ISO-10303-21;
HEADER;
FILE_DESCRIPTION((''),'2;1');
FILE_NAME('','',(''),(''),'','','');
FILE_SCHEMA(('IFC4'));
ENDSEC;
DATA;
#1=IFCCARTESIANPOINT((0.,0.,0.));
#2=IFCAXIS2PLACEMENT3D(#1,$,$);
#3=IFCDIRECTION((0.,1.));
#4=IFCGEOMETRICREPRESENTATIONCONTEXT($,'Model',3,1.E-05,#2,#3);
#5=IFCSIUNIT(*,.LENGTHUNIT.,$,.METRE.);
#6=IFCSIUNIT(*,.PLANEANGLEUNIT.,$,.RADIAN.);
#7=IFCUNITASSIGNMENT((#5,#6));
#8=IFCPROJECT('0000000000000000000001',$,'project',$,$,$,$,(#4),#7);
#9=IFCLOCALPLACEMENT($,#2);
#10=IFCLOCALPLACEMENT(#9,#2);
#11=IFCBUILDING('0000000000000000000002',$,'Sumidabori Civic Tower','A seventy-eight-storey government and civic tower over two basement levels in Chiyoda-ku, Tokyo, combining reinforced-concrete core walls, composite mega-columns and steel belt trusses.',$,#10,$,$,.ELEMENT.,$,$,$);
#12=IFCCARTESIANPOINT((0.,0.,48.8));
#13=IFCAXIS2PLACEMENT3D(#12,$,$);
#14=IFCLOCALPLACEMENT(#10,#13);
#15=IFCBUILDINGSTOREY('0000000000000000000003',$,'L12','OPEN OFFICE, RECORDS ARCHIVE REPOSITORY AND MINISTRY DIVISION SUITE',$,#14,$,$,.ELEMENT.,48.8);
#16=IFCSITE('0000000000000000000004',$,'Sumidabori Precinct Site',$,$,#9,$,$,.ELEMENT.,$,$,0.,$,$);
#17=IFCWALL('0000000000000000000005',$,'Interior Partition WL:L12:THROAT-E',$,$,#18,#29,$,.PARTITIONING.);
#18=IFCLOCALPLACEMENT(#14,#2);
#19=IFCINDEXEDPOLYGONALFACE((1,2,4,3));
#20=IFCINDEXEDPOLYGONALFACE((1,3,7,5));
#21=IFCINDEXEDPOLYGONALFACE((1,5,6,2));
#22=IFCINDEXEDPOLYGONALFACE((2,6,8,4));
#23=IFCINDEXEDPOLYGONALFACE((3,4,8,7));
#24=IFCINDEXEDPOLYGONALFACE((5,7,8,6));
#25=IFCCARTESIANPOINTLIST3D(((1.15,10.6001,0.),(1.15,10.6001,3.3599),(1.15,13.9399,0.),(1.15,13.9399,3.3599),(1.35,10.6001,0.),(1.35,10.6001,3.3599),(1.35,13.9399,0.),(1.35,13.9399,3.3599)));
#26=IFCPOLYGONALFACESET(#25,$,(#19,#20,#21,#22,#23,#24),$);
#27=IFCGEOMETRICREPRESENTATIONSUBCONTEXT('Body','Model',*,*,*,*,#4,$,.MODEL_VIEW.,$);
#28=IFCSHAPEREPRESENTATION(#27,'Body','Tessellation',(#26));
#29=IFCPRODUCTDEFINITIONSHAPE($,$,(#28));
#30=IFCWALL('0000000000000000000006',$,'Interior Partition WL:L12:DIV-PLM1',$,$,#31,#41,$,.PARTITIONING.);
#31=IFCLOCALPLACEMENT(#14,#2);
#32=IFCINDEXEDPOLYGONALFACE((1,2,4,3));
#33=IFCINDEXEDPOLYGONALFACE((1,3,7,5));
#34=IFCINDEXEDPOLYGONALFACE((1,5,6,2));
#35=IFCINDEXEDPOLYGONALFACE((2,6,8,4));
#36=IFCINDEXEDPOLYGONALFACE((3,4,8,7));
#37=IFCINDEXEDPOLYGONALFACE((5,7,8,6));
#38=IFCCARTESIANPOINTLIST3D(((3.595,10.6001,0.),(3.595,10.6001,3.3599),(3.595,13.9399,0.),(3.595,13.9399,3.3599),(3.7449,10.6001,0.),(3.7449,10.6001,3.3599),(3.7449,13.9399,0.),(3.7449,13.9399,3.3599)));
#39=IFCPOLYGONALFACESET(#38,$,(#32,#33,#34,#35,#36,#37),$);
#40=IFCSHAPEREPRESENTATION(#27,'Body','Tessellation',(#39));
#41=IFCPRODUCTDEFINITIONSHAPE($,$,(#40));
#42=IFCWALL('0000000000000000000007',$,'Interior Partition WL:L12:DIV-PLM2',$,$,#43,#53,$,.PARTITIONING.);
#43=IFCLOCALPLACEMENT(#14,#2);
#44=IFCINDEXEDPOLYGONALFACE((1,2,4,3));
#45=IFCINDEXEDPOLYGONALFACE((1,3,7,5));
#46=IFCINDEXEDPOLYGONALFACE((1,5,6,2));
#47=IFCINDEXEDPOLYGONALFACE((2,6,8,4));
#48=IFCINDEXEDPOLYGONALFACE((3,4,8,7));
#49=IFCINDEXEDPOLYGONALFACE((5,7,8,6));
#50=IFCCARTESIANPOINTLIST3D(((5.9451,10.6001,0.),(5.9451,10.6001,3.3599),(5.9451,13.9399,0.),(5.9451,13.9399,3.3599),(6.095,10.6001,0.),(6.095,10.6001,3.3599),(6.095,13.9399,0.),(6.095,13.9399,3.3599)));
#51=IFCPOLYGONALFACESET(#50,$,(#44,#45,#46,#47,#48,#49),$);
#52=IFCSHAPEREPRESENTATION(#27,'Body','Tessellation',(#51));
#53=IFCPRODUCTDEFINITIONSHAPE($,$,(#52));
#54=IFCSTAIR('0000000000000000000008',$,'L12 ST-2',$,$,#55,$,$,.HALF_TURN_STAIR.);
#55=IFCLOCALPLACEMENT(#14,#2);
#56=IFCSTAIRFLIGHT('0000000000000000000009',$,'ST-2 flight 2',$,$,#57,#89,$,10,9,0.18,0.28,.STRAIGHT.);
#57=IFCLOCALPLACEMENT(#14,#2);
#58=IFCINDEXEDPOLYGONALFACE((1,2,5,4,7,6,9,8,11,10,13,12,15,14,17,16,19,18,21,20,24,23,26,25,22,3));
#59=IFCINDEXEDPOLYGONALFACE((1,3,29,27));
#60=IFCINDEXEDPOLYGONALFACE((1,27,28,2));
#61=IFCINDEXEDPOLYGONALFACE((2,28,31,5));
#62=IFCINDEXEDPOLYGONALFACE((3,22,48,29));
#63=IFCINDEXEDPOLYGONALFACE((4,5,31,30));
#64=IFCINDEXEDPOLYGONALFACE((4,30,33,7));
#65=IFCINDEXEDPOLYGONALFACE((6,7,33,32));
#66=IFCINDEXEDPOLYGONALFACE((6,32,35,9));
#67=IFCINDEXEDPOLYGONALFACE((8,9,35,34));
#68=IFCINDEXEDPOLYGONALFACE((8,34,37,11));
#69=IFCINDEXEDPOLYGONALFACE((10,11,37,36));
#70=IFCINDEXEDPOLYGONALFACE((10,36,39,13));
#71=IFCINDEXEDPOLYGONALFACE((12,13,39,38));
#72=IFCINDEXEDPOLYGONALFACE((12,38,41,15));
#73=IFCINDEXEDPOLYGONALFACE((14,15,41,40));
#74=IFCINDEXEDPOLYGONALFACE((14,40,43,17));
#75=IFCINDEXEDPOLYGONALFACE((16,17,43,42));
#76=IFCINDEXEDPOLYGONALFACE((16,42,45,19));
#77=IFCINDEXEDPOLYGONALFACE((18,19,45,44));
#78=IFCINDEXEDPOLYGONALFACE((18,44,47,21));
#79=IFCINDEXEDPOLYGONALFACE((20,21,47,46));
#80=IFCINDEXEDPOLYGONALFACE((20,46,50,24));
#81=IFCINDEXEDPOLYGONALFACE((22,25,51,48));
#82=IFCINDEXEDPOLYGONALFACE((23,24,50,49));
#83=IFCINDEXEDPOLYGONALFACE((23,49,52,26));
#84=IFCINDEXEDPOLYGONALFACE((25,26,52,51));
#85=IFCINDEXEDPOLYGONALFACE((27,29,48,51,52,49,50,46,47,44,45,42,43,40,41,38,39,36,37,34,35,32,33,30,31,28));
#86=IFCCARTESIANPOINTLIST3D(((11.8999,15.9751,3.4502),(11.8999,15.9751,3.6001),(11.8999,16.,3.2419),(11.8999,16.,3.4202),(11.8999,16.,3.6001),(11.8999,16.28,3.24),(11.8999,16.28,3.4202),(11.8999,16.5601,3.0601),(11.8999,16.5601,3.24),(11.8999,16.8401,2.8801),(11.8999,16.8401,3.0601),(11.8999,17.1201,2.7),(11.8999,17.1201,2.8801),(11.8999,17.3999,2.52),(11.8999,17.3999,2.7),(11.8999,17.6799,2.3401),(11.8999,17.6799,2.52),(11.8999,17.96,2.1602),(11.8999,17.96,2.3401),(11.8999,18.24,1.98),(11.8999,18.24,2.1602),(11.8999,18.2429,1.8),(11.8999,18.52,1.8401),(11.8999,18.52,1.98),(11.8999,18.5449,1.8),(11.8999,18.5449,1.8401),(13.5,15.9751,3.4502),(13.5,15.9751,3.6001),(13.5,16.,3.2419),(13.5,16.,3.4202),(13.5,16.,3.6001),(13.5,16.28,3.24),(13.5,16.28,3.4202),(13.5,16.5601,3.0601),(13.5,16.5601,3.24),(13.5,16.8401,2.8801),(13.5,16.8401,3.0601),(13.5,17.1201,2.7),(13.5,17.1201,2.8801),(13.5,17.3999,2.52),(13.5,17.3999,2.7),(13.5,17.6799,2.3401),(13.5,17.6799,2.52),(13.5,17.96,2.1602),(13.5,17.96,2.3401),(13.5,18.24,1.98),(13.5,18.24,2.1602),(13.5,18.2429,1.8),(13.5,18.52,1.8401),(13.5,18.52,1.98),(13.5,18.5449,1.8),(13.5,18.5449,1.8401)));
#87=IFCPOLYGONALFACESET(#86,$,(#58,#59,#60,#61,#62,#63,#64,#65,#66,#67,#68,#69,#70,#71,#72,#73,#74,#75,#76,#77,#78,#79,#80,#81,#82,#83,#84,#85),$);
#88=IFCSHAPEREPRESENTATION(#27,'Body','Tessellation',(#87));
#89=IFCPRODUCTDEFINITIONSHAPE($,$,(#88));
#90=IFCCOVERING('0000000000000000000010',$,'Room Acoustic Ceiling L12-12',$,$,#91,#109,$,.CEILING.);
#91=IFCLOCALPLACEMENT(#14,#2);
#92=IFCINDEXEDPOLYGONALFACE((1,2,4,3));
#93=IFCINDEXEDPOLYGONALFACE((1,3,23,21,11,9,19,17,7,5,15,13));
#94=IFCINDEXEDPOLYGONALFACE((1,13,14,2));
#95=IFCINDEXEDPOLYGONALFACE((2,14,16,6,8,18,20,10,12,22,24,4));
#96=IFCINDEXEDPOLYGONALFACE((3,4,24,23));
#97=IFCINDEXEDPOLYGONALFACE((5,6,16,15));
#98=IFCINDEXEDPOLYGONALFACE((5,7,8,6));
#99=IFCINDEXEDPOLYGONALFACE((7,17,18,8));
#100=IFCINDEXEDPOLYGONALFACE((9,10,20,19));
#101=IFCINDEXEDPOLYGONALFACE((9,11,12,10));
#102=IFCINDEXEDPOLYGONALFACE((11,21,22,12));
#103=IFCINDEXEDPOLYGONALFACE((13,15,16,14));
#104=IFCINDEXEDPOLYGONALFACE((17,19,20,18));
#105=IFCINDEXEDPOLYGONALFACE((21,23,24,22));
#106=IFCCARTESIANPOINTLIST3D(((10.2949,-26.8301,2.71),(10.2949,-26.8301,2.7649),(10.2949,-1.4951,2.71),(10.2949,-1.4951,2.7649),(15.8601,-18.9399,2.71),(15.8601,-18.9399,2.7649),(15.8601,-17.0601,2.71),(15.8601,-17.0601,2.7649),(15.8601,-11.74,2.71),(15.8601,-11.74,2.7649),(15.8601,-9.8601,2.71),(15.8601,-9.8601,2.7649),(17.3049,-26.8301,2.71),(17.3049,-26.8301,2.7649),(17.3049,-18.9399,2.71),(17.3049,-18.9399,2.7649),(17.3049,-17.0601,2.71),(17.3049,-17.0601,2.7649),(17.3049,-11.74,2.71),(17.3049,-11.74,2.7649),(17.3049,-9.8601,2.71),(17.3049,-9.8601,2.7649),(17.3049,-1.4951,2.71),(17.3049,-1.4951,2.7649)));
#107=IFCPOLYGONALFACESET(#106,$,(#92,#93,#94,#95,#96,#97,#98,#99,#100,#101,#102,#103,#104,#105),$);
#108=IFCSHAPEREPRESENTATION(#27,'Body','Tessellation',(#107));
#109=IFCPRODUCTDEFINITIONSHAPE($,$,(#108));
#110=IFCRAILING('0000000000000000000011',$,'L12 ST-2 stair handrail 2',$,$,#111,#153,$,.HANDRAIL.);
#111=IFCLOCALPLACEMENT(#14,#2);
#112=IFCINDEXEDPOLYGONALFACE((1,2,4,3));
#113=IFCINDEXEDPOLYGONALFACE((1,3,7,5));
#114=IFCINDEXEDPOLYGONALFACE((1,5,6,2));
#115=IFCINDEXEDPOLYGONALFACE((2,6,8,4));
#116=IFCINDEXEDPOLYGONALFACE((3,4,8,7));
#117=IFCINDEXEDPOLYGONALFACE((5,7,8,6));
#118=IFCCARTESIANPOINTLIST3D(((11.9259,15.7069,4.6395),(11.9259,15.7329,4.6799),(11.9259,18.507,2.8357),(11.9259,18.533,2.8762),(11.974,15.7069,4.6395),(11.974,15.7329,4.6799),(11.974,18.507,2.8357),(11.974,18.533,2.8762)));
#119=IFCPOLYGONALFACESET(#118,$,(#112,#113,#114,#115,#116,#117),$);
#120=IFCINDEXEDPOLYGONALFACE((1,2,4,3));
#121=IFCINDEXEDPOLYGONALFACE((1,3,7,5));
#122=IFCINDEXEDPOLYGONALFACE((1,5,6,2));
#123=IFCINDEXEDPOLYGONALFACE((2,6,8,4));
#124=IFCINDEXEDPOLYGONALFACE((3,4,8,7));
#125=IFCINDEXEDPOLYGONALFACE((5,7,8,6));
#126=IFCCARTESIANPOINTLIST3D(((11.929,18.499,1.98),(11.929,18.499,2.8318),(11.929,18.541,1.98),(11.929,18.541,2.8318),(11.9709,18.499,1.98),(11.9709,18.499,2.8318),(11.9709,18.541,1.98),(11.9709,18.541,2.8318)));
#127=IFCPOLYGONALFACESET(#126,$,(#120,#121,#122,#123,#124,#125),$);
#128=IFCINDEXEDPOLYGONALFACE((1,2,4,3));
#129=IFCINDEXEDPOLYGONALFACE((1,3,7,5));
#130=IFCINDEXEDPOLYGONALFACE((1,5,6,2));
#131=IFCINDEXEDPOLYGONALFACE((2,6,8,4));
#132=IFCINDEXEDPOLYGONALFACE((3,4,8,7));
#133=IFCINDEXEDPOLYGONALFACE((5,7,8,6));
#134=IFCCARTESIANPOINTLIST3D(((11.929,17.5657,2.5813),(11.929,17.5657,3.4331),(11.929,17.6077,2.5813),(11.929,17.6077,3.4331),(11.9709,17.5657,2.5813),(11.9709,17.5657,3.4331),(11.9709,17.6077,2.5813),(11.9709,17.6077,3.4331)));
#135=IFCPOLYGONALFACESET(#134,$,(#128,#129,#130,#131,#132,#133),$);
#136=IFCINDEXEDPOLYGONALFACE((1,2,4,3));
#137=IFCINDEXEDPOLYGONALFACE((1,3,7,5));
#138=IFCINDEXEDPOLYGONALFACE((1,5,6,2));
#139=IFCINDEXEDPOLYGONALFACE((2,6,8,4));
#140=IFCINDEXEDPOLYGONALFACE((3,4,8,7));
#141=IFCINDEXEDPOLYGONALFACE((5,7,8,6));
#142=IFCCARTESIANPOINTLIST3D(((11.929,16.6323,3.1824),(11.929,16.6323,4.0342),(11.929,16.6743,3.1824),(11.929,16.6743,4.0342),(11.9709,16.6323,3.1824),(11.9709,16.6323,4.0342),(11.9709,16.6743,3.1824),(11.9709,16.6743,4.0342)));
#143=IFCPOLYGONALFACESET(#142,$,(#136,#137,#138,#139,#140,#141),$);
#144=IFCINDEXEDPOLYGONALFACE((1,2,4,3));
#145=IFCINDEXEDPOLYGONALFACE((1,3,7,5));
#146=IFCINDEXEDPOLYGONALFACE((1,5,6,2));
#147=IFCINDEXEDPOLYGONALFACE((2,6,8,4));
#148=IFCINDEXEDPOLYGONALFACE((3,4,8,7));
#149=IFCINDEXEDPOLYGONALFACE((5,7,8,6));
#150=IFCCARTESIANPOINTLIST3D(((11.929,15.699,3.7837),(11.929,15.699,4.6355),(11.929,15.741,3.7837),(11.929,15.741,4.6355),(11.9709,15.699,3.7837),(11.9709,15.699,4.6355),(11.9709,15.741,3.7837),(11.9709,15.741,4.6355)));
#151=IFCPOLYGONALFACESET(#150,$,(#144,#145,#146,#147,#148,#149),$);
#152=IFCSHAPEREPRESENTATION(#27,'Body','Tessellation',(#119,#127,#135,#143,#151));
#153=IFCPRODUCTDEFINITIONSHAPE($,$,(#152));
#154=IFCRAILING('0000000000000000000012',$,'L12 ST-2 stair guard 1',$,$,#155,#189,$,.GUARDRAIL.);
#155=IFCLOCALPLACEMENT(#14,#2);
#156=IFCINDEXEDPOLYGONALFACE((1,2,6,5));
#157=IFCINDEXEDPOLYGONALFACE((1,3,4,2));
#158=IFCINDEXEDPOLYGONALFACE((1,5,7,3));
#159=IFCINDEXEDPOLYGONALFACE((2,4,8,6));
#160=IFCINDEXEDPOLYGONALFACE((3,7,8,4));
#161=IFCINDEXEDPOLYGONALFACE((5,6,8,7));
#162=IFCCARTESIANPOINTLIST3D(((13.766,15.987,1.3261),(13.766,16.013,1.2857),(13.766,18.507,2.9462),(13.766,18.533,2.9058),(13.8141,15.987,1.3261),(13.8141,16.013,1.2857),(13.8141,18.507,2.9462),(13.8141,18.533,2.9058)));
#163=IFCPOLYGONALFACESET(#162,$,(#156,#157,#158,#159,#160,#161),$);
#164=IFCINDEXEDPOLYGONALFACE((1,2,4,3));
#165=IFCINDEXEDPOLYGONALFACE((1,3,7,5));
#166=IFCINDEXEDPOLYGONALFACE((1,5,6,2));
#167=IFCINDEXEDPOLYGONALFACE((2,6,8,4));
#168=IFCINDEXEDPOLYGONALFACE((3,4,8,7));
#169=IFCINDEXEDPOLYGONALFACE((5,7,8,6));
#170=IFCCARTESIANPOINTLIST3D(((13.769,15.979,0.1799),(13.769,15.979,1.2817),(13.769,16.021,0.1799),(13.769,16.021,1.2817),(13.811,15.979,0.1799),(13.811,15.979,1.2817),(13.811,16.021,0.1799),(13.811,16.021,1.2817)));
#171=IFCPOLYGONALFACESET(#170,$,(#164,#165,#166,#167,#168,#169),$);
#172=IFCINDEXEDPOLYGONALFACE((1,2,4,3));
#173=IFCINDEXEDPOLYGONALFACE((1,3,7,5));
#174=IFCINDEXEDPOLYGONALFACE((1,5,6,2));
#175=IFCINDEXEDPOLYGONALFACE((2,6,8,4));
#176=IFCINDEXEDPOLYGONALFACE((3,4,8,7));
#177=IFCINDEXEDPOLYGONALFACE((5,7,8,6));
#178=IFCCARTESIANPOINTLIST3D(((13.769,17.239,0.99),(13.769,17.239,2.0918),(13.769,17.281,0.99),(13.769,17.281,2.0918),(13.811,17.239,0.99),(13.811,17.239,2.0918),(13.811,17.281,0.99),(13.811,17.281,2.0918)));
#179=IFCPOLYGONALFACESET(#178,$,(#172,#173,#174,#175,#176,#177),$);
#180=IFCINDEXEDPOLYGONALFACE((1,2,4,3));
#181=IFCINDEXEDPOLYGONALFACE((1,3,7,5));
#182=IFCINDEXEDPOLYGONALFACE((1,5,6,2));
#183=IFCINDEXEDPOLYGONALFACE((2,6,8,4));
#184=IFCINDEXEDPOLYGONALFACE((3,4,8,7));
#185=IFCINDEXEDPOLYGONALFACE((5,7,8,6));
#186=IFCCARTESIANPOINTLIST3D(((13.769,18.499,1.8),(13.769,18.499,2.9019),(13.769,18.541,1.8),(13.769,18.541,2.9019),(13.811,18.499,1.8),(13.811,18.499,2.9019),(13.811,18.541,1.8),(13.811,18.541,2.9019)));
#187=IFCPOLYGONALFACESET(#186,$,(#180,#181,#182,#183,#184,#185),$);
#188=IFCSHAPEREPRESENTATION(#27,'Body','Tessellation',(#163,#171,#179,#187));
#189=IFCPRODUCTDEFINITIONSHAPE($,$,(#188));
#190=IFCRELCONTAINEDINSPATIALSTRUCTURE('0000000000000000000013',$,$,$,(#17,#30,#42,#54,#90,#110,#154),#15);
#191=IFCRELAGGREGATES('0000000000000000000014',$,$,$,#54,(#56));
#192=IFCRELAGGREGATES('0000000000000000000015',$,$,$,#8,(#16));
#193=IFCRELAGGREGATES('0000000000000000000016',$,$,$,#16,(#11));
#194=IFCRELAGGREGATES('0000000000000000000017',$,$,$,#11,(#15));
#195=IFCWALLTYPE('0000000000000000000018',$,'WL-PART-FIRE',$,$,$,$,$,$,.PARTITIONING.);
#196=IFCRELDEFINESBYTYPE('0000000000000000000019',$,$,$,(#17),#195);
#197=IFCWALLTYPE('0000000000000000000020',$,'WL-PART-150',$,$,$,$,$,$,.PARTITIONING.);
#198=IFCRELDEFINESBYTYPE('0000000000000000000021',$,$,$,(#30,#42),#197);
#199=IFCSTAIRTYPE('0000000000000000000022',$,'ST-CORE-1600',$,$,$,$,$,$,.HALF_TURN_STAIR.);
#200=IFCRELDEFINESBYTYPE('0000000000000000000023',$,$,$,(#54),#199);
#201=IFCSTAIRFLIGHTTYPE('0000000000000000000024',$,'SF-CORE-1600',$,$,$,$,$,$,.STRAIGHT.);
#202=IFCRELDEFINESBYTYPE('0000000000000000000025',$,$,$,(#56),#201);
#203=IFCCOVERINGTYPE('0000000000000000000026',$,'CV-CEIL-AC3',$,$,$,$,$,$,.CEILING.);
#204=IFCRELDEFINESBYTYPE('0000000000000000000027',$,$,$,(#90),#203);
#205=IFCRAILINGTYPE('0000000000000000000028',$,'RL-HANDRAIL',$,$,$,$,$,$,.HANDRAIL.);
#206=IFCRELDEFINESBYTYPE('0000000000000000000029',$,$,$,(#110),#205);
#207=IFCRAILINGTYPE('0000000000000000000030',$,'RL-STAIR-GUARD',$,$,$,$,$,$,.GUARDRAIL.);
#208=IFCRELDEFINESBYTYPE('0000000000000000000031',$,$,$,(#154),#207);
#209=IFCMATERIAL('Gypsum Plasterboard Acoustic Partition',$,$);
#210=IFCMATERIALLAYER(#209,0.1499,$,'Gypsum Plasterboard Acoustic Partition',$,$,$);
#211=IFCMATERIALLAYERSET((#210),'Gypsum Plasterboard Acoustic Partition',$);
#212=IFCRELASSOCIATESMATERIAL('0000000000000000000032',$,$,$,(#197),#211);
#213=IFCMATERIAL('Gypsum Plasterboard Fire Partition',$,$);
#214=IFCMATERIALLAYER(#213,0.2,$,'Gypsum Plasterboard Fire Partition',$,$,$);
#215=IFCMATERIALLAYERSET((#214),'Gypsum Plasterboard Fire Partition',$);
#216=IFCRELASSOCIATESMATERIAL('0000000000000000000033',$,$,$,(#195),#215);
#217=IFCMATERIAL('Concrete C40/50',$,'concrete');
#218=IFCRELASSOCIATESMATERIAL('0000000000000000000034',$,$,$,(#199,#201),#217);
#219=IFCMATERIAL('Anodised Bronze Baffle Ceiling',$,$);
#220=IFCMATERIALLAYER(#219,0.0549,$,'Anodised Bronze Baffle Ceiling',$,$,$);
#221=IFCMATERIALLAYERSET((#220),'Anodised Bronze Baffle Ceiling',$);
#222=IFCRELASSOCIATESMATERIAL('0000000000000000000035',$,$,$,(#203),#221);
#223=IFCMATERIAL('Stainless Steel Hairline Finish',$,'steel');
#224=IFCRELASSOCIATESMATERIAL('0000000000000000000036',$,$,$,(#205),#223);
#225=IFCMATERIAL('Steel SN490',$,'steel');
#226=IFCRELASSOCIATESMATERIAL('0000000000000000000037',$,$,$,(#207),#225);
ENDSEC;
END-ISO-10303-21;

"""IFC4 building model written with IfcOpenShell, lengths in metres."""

from ifc_helpers import new_model, si_unit, direction, frame, frame_2d, origin, origin_2d, place, context, subcontext, project, spatial, polyline, rectangle, outline, extrude, source, transform, mapped, material, layer, layer_set, type_object, element, aggregate, save


model = new_model("IFC4")

# Units and contexts
model_context = context("Model", 3, precision=1e-05, world=origin(), true_north=direction((0.0, 1.0)))
body_context = subcontext(model_context, "Body", "Model", "MODEL_VIEW")
ifc_project = project(units=[si_unit("LENGTHUNIT", "METRE"), si_unit("PLANEANGLEUNIT", "RADIAN")], contexts=[model_context])

# Site, building, storey
site_placement = place(None, origin())
site = spatial("IfcSite", under=ifc_project, at=site_placement, Name="Sumidabori Precinct Site", CompositionType="ELEMENT", RefElevation=0.0)
building_placement = place(site_placement, origin())
building = spatial("IfcBuilding", under=site, at=building_placement, Name="Sumidabori Civic Tower", Description="A seventy-eight-storey government and civic tower over two basement levels in Chiyoda-ku, Tokyo, combining reinforced-concrete core walls, composite mega-columns and steel belt trusses.", CompositionType="ELEMENT")
storey_placement = place(building_placement, frame((0.0, 0.0, 48.8)))
storey = spatial("IfcBuildingStorey", under=building, at=storey_placement, Name="L12", Description="OPEN OFFICE, RECORDS ARCHIVE REPOSITORY AND MINISTRY DIVISION SUITE", CompositionType="ELEMENT", Elevation=48.8)

# Shared definitions
ifc_material_1 = material(Name="Steel SN490", Category="steel")

# Shared definitions
ifc_material_2 = material(Name="Stainless Steel Hairline Finish", Category="steel")

# Walls
ifc_material_3 = material(Name="Gypsum Plasterboard Acoustic Partition")
ifc_layer_1 = layer(ifc_material_3, 0.1499, Name="Gypsum Plasterboard Acoustic Partition")
ifc_layer_set_1 = layer_set([ifc_layer_1], Name="Gypsum Plasterboard Acoustic Partition")
wall_type_1 = type_object("IfcWallType", Name="WL-PART-150", PredefinedType="PARTITIONING", material=ifc_layer_set_1)
ifc_material_4 = material(Name="Gypsum Plasterboard Fire Partition")
ifc_layer_2 = layer(ifc_material_4, 0.2, Name="Gypsum Plasterboard Fire Partition")
ifc_layer_set_2 = layer_set([ifc_layer_2], Name="Gypsum Plasterboard Fire Partition")
wall_type_2 = type_object("IfcWallType", Name="WL-PART-FIRE", PredefinedType="PARTITIONING", material=ifc_layer_set_2)
shared_shape_1 = source(origin(), body_context, "Body", "SweptSolid", [
    extrude(rectangle(XDim=3.3398, YDim=0.2, at=frame_2d((1.6699, 0.0))), origin(), (0.0, 0.0, 1.0), 3.3599),
])
wall_1_placement = place(storey_placement, frame((1.25, 10.6001, 0.0), z_axis=(0.0, 0.0, 1.0), x_axis=(0.0, 1.0, 0.0)))
element("IfcWall", 1, at=wall_1_placement, inside=storey, type_object=wall_type_2, Name="Interior Partition WL:L12:THROAT-E", PredefinedType="PARTITIONING", context=body_context, shape_type="MappedRepresentation", body=[
    mapped(shared_shape_1, transform((0.0, 0.0, 0.0), x_axis=(1.0, 0.0, 0.0), y_axis=(0.0, 1.0, 0.0), z_axis=(0.0, 0.0, 1.0), scale=1.0)),
])
shared_shape_2 = source(origin(), body_context, "Body", "SweptSolid", [
    extrude(rectangle(XDim=3.3398, YDim=0.1499, at=frame_2d((1.6699, 0.0))), origin(), (0.0, 0.0, 1.0), 3.3599),
])
for number, where, z_axis, x_axis, name in (
    (2, (3.6699, 10.6001, 0.0), (0.0, 0.0, 1.0), (0.0, 1.0, 0.0), "Interior Partition WL:L12:DIV-PLM1"),
    (3, (6.02, 10.6001, 0.0), (0.0, 0.0, 1.0), (0.0, 1.0, 0.0), "Interior Partition WL:L12:DIV-PLM2"),
):
    element("IfcWall", number, at=place(storey_placement, frame(where, z_axis=z_axis, x_axis=x_axis)), inside=storey, type_object=wall_type_1, Name=name, PredefinedType="PARTITIONING", context=body_context, shape_type="MappedRepresentation", body=[
        mapped(shared_shape_2, transform((0.0, 0.0, 0.0), x_axis=(1.0, 0.0, 0.0), y_axis=(0.0, 1.0, 0.0), z_axis=(0.0, 0.0, 1.0), scale=1.0)),
    ])

# Stair, stair flight
ifc_material_5 = material(Name="Concrete C40/50", Category="concrete")
stair_type = type_object("IfcStairType", Name="ST-CORE-1600", PredefinedType="HALF_TURN_STAIR", material=ifc_material_5)
stair_placement = place(storey_placement, origin())
stair = element("IfcStair", 4, at=stair_placement, inside=storey, type_object=stair_type, Name="L12 ST-2", PredefinedType="HALF_TURN_STAIR")
stair_flight_type = type_object("IfcStairFlightType", Name="SF-CORE-1600", PredefinedType="STRAIGHT", material=ifc_material_5)
shared_shape_3 = source(origin(), body_context, "Body", "SweptSolid", [
    extrude(outline(polyline([(-0.0249, 0.0), (-0.0249, 0.04), (0.0, 0.04), (0.0, 0.1799), (0.28, 0.1799), (0.28, 0.3601), (0.5601, 0.3601), (0.5601, 0.54), (0.8401, 0.54), (0.8401, 0.72), (1.1201, 0.72), (1.1201, 0.8999), (1.3999, 0.8999), (1.3999, 1.0801), (1.6799, 1.0801), (1.6799, 1.26), (1.96, 1.26), (1.96, 1.4399), (2.24, 1.4399), (2.24, 1.6201), (2.52, 1.6201), (2.52, 1.8), (2.5449, 1.8), (2.5449, 1.6501), (2.52, 1.4419), (0.2771, 0.0), (-0.0249, 0.0)])), frame((0.0, 0.8, 0.0), z_axis=(0.0, -1.0, 0.0), x_axis=(1.0, 0.0, 0.0)), (0.0, 0.0, 1.0), 1.6001),
])
stair_flight_placement = place(storey_placement, frame((12.7, 18.52, 1.8), z_axis=(0.0, 0.0, 1.0), x_axis=(0.0, -1.0, 0.0)))
stair_flight = element("IfcStairFlight", 5, at=stair_flight_placement, type_object=stair_flight_type, Name="ST-2 flight 2", NumberOfRisers=10, NumberOfTreads=9, PredefinedType="STRAIGHT", RiserHeight=0.18, TreadLength=0.28, context=body_context, shape_type="MappedRepresentation", body=[
    mapped(shared_shape_3, transform((0.0, 0.0, 0.0), x_axis=(1.0, 0.0, 0.0), y_axis=(0.0, 1.0, 0.0), z_axis=(0.0, 0.0, 1.0), scale=1.0)),
])
aggregate(stair, [stair_flight])

# Covering
ifc_material_6 = material(Name="Anodised Bronze Baffle Ceiling")
ifc_layer_3 = layer(ifc_material_6, 0.0549, Name="Anodised Bronze Baffle Ceiling")
ifc_layer_set_3 = layer_set([ifc_layer_3], Name="Anodised Bronze Baffle Ceiling")
covering_type = type_object("IfcCoveringType", Name="CV-CEIL-AC3", PredefinedType="CEILING", material=ifc_layer_set_3)
covering_placement = place(storey_placement, frame((0.0, 0.0, 2.71)))
element("IfcCovering", 6, at=covering_placement, inside=storey, type_object=covering_type, Name="Room Acoustic Ceiling L12-12", PredefinedType="CEILING", context=body_context, shape_type="SweptSolid", body=[
    extrude(outline(polyline([(17.3049, -9.8601), (15.8601, -9.8601), (15.8601, -11.74), (17.3049, -11.74), (17.3049, -17.0601), (15.8601, -17.0601), (15.8601, -18.9399), (17.3049, -18.9399), (17.3049, -26.8301), (10.2949, -26.8301), (10.2949, -1.4951), (17.3049, -1.4951), (17.3049, -9.8601)])), origin(), (0.0, 0.0, 1.0), 0.0549),
])

# Railings
railing_type_1 = type_object("IfcRailingType", Name="RL-HANDRAIL", PredefinedType="HANDRAIL", material=ifc_material_2)
railing_1_placement = place(storey_placement, frame((11.95, 18.52, 1.98)))
element("IfcRailing", 7, at=railing_1_placement, inside=storey, type_object=railing_type_1, Name="L12 ST-2 stair handrail 2", PredefinedType="HANDRAIL", context=body_context, shape_type="SweptSolid", body=[
    extrude(rectangle(XDim=0.0481, YDim=0.0481, at=origin_2d()), frame((0.0, 0.0, 0.876), z_axis=(0.0, -0.840676, 0.541539), x_axis=(1.0, 0.0, 0.0)), (0.0, 0.0, 1.0), 3.3308),
    extrude(rectangle(XDim=0.042, YDim=0.042, at=origin_2d()), origin(), (0.0, 0.0, 1.0), 0.8518),
    extrude(rectangle(XDim=0.042, YDim=0.042, at=origin_2d()), frame((0.0, -0.9333, 0.6013)), (0.0, 0.0, 1.0), 0.8518),
    extrude(rectangle(XDim=0.042, YDim=0.042, at=origin_2d()), frame((0.0, -1.8667, 1.2024)), (0.0, 0.0, 1.0), 0.8518),
    extrude(rectangle(XDim=0.042, YDim=0.042, at=origin_2d()), frame((0.0, -2.8, 1.8037)), (0.0, 0.0, 1.0), 0.8518),
])
railing_type_2 = type_object("IfcRailingType", Name="RL-STAIR-GUARD", PredefinedType="GUARDRAIL", material=ifc_material_1)
railing_2_placement = place(storey_placement, frame((13.79, 16.0, 0.1799)))
element("IfcRailing", 8, at=railing_2_placement, inside=storey, type_object=railing_type_2, Name="L12 ST-2 stair guard 1", PredefinedType="GUARDRAIL", context=body_context, shape_type="SweptSolid", body=[
    extrude(rectangle(XDim=0.0481, YDim=0.0481, at=origin_2d()), frame((0.0, 0.0, 1.126), z_axis=(0.0, 0.841163, 0.540782), x_axis=(-1.0, 0.0, 0.0)), (0.0, 0.0, 1.0), 2.9958),
    extrude(rectangle(XDim=0.042, YDim=0.042, at=origin_2d()), origin(), (0.0, 0.0, 1.0), 1.1018),
    extrude(rectangle(XDim=0.042, YDim=0.042, at=origin_2d()), frame((0.0, 1.26, 0.8101)), (0.0, 0.0, 1.0), 1.1018),
    extrude(rectangle(XDim=0.042, YDim=0.042, at=origin_2d()), frame((0.0, 2.52, 1.6201)), (0.0, 0.0, 1.0), 1.1018),
])

save(model, "model.ifc")
